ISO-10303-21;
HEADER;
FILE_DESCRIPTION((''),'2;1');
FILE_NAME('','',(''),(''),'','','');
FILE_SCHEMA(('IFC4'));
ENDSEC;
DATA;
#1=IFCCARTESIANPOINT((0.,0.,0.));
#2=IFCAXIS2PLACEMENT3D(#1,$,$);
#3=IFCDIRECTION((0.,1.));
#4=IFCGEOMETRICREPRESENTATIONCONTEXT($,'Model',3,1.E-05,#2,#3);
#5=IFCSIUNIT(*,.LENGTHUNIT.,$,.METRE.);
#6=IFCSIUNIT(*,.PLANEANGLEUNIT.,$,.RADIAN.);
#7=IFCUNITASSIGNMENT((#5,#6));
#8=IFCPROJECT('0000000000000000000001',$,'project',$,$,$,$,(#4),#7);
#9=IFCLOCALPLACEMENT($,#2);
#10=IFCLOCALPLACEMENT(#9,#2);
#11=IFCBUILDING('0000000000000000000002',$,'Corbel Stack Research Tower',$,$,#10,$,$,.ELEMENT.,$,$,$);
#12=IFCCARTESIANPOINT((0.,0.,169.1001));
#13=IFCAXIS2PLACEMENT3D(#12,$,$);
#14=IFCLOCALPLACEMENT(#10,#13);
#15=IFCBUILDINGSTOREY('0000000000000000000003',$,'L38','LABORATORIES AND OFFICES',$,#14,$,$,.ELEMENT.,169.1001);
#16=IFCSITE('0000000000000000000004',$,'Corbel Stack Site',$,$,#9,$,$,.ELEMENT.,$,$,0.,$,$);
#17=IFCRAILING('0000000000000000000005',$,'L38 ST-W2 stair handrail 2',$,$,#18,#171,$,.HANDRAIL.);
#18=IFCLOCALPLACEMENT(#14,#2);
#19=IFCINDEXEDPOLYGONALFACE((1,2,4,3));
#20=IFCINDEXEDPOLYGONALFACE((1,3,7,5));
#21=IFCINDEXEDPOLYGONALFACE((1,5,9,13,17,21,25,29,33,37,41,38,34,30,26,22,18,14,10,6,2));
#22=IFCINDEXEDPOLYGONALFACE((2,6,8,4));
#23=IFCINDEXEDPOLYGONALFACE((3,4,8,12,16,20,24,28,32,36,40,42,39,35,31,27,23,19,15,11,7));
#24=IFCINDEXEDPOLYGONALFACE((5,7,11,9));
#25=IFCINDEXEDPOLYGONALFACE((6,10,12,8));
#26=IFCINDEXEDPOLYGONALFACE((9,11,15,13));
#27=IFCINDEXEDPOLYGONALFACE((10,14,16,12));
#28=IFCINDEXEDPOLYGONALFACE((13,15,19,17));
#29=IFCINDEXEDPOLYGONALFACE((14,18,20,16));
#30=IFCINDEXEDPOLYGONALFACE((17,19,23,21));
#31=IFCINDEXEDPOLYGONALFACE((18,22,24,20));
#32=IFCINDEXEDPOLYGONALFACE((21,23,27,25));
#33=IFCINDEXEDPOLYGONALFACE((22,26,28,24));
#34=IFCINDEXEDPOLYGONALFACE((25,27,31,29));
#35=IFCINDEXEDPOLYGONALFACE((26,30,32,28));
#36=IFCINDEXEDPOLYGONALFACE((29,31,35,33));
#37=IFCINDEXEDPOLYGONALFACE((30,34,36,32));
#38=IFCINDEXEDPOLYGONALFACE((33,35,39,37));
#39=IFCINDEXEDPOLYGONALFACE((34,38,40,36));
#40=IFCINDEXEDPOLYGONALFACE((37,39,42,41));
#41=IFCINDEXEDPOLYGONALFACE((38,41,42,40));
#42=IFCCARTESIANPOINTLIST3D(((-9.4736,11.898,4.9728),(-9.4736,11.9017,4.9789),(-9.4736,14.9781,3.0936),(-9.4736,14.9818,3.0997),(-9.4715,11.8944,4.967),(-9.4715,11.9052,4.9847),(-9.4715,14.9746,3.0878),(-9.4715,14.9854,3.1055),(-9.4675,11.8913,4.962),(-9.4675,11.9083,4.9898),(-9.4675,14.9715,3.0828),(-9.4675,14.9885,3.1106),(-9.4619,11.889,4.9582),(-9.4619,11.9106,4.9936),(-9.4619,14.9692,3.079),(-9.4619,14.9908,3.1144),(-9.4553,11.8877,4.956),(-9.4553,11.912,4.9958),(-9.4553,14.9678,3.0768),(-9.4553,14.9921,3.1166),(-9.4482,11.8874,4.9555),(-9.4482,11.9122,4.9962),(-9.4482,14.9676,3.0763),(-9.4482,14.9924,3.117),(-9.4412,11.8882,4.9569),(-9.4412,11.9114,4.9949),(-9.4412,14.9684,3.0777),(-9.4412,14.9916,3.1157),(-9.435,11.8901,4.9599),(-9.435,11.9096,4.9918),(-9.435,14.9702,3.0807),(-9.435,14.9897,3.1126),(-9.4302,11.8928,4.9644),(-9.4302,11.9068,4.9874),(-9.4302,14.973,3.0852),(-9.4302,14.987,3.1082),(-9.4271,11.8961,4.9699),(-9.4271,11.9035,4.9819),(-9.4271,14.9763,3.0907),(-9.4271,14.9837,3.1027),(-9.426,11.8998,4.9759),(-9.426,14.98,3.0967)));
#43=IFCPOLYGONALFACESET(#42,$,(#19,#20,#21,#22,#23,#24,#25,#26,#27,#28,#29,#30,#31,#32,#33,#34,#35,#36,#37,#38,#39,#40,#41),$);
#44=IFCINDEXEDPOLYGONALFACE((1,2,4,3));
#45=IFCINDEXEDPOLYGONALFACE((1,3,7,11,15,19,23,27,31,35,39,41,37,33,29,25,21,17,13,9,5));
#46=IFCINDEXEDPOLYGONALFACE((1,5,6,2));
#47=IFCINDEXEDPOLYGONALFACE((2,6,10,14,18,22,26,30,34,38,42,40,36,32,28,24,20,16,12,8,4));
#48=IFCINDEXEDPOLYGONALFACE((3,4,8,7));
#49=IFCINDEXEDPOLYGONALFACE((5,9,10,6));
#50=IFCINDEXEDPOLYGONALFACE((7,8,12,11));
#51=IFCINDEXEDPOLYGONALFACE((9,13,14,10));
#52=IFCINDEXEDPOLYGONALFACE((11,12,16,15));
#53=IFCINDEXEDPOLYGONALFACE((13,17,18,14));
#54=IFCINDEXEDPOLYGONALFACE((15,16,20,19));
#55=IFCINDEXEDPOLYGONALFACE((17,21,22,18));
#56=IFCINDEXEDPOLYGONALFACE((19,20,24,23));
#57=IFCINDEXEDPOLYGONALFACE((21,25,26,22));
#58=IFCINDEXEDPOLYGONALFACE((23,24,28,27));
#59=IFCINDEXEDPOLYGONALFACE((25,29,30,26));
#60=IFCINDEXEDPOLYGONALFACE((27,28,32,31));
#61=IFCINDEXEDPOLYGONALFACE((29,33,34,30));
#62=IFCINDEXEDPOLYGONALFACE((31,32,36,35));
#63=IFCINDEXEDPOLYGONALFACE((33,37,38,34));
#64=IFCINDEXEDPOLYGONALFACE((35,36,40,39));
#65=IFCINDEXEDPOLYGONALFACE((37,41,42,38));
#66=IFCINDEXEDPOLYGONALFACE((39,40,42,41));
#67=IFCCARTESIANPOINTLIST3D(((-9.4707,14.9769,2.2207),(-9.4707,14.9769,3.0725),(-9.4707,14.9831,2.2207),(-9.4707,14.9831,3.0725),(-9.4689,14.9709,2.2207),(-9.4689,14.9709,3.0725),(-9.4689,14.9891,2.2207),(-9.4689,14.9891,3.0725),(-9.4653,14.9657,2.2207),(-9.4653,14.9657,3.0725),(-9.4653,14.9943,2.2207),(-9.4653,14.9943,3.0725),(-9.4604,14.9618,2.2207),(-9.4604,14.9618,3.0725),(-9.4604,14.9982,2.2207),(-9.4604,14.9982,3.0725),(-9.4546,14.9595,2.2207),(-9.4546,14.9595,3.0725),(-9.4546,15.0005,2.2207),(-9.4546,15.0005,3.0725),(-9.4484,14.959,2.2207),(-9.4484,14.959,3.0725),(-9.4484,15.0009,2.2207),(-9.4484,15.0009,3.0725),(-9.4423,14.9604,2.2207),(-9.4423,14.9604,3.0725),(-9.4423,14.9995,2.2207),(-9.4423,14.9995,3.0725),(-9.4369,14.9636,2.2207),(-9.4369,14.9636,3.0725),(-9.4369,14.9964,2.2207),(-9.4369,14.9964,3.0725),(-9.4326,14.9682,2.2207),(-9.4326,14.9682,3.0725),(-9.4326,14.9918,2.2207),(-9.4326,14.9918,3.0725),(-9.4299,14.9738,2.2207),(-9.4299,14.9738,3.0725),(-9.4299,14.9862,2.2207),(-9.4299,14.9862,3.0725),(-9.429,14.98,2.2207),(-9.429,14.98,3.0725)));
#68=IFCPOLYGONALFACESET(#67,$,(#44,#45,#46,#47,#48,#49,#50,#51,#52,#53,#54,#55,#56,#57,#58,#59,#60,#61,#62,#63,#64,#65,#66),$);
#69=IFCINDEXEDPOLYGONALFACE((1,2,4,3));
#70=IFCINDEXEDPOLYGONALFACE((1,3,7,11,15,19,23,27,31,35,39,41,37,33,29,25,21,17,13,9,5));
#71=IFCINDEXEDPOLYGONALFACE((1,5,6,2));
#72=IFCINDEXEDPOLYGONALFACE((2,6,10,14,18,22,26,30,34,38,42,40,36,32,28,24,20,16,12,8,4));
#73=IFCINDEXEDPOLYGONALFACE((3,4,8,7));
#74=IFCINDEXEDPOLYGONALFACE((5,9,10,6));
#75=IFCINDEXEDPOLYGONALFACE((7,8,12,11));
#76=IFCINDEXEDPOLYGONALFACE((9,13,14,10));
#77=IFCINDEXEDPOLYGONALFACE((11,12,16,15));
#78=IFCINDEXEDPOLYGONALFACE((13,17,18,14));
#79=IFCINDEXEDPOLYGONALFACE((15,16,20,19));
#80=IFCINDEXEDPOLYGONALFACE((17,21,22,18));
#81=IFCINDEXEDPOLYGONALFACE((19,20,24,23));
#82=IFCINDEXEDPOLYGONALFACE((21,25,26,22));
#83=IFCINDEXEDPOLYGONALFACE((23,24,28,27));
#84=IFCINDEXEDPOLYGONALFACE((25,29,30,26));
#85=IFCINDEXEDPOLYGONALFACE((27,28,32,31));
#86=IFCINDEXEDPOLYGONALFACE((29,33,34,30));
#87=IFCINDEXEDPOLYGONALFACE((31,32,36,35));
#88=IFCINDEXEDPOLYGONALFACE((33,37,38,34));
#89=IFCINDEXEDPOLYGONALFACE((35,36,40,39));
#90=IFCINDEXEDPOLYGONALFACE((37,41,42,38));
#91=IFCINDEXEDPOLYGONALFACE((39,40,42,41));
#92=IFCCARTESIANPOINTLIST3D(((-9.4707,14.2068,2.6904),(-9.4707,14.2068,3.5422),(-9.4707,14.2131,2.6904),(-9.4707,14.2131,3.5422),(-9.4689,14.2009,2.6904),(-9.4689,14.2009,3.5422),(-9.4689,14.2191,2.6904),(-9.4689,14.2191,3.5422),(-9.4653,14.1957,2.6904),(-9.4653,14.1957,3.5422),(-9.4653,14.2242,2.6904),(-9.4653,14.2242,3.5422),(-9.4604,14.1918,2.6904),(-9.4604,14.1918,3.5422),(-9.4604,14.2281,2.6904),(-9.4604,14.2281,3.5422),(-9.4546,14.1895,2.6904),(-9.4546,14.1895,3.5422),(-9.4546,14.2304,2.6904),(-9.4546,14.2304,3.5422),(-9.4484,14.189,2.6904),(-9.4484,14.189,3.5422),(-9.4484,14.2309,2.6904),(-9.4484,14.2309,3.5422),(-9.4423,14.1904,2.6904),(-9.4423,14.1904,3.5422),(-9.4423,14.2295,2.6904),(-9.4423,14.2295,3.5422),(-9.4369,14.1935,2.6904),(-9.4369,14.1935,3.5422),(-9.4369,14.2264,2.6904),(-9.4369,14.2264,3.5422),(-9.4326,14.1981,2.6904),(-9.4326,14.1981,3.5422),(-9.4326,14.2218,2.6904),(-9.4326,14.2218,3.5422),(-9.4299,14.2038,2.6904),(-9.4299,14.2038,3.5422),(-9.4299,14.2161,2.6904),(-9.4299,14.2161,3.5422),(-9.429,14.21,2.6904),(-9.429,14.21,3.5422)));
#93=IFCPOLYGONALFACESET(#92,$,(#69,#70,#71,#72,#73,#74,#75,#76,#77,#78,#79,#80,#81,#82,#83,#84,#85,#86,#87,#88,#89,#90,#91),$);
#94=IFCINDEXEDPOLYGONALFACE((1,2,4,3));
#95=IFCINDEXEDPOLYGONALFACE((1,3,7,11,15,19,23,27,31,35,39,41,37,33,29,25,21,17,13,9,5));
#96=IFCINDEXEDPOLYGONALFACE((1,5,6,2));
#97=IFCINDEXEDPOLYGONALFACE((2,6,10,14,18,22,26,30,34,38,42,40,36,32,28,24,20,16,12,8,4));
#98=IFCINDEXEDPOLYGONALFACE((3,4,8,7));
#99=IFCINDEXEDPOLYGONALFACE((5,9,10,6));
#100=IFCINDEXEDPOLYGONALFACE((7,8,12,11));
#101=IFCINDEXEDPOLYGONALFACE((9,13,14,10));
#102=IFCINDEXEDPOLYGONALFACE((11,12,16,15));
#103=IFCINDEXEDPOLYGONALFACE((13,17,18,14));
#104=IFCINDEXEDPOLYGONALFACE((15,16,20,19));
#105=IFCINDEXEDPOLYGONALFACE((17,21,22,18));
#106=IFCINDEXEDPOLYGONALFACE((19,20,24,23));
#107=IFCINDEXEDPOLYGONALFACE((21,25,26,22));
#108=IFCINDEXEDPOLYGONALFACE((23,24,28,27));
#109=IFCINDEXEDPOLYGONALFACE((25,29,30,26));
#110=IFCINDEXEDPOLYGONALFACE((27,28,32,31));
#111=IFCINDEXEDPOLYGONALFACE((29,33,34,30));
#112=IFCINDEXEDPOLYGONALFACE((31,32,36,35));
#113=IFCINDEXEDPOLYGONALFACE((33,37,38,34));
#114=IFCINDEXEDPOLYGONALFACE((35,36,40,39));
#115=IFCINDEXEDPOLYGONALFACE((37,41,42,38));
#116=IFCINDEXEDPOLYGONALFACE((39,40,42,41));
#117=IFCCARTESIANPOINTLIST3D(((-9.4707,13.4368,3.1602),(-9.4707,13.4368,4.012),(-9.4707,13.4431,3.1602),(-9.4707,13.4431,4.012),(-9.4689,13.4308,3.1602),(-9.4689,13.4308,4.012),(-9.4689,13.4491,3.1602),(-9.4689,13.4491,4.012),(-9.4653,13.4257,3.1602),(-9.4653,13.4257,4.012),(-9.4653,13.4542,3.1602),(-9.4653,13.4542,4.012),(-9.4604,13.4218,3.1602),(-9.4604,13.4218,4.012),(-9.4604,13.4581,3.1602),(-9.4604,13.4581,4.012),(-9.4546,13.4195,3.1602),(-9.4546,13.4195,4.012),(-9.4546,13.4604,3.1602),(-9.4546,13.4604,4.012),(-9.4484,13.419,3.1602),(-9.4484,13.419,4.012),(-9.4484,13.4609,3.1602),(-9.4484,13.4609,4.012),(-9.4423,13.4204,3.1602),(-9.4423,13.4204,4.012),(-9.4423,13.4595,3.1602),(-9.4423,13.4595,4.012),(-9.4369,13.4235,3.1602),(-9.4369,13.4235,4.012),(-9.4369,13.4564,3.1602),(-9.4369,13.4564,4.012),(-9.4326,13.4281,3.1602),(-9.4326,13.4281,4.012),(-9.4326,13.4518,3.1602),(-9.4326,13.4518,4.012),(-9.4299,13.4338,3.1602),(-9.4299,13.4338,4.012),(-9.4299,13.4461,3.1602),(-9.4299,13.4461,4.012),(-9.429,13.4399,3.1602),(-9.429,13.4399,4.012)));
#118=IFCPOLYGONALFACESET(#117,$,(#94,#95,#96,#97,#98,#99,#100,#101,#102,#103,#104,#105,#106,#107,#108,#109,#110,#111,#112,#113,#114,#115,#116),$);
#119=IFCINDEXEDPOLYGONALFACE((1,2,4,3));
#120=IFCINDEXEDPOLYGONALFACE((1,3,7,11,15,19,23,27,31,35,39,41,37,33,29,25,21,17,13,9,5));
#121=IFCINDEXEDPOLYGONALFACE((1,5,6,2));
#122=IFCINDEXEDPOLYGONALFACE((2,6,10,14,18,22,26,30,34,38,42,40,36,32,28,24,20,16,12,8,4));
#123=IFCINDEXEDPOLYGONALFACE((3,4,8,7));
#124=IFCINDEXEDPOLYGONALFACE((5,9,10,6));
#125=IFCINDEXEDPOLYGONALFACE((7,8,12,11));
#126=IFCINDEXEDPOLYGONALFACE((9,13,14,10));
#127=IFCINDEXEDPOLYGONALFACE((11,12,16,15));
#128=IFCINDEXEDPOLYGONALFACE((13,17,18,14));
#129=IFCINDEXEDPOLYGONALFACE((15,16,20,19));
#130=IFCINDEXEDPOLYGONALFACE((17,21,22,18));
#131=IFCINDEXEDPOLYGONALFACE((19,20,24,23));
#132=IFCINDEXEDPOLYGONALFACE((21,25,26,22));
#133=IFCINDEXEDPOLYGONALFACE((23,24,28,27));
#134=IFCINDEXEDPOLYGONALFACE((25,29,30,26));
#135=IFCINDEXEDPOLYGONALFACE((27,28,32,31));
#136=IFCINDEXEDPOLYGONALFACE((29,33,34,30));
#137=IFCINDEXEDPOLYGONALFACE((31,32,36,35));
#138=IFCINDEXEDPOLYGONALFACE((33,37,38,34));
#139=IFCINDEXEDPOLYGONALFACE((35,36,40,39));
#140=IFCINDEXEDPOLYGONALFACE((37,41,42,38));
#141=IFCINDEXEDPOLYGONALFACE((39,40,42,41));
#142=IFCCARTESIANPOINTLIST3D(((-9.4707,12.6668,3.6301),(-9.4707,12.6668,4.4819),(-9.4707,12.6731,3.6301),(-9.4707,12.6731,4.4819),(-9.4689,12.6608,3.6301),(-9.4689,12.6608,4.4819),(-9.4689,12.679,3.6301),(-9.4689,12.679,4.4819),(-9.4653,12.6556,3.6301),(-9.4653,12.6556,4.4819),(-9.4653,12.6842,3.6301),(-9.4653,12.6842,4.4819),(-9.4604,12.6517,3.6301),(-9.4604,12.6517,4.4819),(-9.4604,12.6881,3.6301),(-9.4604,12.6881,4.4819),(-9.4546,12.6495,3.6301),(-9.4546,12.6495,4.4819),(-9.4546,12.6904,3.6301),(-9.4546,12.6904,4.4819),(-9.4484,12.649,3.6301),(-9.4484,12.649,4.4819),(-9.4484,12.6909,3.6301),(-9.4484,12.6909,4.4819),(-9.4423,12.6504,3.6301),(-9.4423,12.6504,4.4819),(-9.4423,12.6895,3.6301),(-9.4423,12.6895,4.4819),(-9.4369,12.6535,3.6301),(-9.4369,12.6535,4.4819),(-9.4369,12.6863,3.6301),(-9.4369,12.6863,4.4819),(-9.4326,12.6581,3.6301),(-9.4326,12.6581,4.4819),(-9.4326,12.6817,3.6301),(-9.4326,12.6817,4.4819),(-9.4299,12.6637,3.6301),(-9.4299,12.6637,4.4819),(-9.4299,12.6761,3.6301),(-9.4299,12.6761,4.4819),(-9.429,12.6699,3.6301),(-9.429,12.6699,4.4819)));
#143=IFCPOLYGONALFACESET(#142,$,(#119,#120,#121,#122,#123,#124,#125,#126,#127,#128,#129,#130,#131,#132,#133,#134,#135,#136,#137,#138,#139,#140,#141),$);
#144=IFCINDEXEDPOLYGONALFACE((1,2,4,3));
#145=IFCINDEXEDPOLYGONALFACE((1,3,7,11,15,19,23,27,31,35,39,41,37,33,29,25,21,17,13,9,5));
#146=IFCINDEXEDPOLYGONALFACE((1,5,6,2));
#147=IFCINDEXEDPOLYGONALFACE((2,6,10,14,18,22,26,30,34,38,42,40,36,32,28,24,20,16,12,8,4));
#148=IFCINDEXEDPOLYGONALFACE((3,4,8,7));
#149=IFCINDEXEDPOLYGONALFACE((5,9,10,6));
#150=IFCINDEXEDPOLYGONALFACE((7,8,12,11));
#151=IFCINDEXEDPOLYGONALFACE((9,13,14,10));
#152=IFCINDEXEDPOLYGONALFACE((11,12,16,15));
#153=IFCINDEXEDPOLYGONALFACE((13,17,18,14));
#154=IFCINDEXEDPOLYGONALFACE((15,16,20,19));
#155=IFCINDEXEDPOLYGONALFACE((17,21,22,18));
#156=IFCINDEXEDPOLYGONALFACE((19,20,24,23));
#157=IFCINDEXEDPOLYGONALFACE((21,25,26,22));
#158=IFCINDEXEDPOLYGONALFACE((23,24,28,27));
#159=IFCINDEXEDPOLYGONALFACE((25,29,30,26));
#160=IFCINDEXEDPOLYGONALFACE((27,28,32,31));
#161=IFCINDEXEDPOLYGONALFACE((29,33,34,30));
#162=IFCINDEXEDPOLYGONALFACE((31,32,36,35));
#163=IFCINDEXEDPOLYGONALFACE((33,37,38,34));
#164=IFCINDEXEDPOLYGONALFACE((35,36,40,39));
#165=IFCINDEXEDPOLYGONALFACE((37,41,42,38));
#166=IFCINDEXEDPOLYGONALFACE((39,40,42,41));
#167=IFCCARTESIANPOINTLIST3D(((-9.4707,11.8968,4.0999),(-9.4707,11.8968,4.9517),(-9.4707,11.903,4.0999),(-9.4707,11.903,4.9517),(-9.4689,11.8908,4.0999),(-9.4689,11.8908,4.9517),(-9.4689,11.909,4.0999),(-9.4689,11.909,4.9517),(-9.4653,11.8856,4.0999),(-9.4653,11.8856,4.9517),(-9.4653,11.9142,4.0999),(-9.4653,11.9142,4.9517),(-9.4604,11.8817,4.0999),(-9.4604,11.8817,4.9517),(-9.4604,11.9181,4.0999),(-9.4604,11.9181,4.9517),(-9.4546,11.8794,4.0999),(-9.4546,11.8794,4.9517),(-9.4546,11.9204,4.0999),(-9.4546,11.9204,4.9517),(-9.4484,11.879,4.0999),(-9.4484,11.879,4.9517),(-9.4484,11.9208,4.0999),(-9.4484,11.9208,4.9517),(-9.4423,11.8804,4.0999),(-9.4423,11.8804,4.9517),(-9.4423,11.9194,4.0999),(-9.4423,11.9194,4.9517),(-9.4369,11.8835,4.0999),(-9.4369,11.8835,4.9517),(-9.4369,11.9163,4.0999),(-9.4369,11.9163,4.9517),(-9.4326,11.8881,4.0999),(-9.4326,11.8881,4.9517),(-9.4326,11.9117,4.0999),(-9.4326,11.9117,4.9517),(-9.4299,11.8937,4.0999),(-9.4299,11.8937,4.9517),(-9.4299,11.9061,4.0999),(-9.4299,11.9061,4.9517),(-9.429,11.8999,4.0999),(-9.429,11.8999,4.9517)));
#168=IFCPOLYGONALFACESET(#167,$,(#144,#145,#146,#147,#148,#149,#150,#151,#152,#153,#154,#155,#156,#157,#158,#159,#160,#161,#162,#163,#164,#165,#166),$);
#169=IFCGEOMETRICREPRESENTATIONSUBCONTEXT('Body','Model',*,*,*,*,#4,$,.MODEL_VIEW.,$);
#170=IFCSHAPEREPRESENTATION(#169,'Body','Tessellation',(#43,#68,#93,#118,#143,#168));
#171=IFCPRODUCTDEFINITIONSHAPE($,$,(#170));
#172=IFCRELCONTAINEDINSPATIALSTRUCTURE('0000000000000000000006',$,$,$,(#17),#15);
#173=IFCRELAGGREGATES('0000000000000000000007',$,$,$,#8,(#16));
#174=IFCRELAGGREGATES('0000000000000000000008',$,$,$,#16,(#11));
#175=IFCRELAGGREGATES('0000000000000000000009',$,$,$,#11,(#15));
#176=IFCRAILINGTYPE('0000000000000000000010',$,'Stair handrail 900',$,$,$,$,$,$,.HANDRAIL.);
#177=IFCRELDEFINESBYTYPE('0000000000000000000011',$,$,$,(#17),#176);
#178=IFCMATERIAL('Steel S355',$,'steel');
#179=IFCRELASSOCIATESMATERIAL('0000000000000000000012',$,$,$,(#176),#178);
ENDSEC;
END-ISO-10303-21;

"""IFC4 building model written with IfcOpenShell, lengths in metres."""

from ifc_helpers import new_model, si_unit, direction, frame, origin, origin_2d, place, context, subcontext, project, spatial, circle, extrude, material, type_object, element, save


model = new_model("IFC4")

# Units and contexts
model_context = context("Model", 3, precision=1e-05, world=origin(), true_north=direction((0.0, 1.0)))
body_context = subcontext(model_context, "Body", "Model", "MODEL_VIEW")
ifc_project = project(units=[si_unit("LENGTHUNIT", "METRE"), si_unit("PLANEANGLEUNIT", "RADIAN")], contexts=[model_context])

# Site, building, storey
site_placement = place(None, origin())
site = spatial("IfcSite", under=ifc_project, at=site_placement, Name="Corbel Stack Site", CompositionType="ELEMENT", RefElevation=0.0)
building_placement = place(site_placement, origin())
building = spatial("IfcBuilding", under=site, at=building_placement, Name="Corbel Stack Research Tower", CompositionType="ELEMENT")
storey_placement = place(building_placement, frame((0.0, 0.0, 169.1001)))
storey = spatial("IfcBuildingStorey", under=building, at=storey_placement, Name="L38", Description="LABORATORIES AND OFFICES", CompositionType="ELEMENT", Elevation=169.1001)

# Railing
ifc_material_1 = material(Name="Steel S355", Category="steel")
railing_type_1 = type_object("IfcRailingType", Name="Stair handrail 900", PredefinedType="HANDRAIL", material=ifc_material_1)
railing_1_placement = place(storey_placement, frame((-9.45, 14.98, 2.2207)))
element("IfcRailing", 1, at=railing_1_placement, inside=storey, type_object=railing_type_1, Name="L38 ST-W2 stair handrail 2", PredefinedType="HANDRAIL", context=body_context, shape_type="SweptSolid", body=[
    extrude(circle(Radius=0.0239, at=origin_2d()), frame((0.0, 0.0, 0.876), z_axis=(0.0, -0.853666, 0.52082), x_axis=(1.0, 0.0, 0.0)), (0.0, 0.0, 1.0), 3.6082),
    extrude(circle(Radius=0.021, at=origin_2d()), origin(), (0.0, 0.0, 1.0), 0.8518),
    extrude(circle(Radius=0.021, at=origin_2d()), frame((0.0, -0.77, 0.4697)), (0.0, 0.0, 1.0), 0.8518),
    extrude(circle(Radius=0.021, at=origin_2d()), frame((0.0, -1.54, 0.9395)), (0.0, 0.0, 1.0), 0.8518),
    extrude(circle(Radius=0.021, at=origin_2d()), frame((0.0, -2.3101, 1.4094)), (0.0, 0.0, 1.0), 0.8518),
    extrude(circle(Radius=0.021, at=origin_2d()), frame((0.0, -3.0801, 1.8792)), (0.0, 0.0, 1.0), 0.8518),
])

save(model, "model.ifc")
